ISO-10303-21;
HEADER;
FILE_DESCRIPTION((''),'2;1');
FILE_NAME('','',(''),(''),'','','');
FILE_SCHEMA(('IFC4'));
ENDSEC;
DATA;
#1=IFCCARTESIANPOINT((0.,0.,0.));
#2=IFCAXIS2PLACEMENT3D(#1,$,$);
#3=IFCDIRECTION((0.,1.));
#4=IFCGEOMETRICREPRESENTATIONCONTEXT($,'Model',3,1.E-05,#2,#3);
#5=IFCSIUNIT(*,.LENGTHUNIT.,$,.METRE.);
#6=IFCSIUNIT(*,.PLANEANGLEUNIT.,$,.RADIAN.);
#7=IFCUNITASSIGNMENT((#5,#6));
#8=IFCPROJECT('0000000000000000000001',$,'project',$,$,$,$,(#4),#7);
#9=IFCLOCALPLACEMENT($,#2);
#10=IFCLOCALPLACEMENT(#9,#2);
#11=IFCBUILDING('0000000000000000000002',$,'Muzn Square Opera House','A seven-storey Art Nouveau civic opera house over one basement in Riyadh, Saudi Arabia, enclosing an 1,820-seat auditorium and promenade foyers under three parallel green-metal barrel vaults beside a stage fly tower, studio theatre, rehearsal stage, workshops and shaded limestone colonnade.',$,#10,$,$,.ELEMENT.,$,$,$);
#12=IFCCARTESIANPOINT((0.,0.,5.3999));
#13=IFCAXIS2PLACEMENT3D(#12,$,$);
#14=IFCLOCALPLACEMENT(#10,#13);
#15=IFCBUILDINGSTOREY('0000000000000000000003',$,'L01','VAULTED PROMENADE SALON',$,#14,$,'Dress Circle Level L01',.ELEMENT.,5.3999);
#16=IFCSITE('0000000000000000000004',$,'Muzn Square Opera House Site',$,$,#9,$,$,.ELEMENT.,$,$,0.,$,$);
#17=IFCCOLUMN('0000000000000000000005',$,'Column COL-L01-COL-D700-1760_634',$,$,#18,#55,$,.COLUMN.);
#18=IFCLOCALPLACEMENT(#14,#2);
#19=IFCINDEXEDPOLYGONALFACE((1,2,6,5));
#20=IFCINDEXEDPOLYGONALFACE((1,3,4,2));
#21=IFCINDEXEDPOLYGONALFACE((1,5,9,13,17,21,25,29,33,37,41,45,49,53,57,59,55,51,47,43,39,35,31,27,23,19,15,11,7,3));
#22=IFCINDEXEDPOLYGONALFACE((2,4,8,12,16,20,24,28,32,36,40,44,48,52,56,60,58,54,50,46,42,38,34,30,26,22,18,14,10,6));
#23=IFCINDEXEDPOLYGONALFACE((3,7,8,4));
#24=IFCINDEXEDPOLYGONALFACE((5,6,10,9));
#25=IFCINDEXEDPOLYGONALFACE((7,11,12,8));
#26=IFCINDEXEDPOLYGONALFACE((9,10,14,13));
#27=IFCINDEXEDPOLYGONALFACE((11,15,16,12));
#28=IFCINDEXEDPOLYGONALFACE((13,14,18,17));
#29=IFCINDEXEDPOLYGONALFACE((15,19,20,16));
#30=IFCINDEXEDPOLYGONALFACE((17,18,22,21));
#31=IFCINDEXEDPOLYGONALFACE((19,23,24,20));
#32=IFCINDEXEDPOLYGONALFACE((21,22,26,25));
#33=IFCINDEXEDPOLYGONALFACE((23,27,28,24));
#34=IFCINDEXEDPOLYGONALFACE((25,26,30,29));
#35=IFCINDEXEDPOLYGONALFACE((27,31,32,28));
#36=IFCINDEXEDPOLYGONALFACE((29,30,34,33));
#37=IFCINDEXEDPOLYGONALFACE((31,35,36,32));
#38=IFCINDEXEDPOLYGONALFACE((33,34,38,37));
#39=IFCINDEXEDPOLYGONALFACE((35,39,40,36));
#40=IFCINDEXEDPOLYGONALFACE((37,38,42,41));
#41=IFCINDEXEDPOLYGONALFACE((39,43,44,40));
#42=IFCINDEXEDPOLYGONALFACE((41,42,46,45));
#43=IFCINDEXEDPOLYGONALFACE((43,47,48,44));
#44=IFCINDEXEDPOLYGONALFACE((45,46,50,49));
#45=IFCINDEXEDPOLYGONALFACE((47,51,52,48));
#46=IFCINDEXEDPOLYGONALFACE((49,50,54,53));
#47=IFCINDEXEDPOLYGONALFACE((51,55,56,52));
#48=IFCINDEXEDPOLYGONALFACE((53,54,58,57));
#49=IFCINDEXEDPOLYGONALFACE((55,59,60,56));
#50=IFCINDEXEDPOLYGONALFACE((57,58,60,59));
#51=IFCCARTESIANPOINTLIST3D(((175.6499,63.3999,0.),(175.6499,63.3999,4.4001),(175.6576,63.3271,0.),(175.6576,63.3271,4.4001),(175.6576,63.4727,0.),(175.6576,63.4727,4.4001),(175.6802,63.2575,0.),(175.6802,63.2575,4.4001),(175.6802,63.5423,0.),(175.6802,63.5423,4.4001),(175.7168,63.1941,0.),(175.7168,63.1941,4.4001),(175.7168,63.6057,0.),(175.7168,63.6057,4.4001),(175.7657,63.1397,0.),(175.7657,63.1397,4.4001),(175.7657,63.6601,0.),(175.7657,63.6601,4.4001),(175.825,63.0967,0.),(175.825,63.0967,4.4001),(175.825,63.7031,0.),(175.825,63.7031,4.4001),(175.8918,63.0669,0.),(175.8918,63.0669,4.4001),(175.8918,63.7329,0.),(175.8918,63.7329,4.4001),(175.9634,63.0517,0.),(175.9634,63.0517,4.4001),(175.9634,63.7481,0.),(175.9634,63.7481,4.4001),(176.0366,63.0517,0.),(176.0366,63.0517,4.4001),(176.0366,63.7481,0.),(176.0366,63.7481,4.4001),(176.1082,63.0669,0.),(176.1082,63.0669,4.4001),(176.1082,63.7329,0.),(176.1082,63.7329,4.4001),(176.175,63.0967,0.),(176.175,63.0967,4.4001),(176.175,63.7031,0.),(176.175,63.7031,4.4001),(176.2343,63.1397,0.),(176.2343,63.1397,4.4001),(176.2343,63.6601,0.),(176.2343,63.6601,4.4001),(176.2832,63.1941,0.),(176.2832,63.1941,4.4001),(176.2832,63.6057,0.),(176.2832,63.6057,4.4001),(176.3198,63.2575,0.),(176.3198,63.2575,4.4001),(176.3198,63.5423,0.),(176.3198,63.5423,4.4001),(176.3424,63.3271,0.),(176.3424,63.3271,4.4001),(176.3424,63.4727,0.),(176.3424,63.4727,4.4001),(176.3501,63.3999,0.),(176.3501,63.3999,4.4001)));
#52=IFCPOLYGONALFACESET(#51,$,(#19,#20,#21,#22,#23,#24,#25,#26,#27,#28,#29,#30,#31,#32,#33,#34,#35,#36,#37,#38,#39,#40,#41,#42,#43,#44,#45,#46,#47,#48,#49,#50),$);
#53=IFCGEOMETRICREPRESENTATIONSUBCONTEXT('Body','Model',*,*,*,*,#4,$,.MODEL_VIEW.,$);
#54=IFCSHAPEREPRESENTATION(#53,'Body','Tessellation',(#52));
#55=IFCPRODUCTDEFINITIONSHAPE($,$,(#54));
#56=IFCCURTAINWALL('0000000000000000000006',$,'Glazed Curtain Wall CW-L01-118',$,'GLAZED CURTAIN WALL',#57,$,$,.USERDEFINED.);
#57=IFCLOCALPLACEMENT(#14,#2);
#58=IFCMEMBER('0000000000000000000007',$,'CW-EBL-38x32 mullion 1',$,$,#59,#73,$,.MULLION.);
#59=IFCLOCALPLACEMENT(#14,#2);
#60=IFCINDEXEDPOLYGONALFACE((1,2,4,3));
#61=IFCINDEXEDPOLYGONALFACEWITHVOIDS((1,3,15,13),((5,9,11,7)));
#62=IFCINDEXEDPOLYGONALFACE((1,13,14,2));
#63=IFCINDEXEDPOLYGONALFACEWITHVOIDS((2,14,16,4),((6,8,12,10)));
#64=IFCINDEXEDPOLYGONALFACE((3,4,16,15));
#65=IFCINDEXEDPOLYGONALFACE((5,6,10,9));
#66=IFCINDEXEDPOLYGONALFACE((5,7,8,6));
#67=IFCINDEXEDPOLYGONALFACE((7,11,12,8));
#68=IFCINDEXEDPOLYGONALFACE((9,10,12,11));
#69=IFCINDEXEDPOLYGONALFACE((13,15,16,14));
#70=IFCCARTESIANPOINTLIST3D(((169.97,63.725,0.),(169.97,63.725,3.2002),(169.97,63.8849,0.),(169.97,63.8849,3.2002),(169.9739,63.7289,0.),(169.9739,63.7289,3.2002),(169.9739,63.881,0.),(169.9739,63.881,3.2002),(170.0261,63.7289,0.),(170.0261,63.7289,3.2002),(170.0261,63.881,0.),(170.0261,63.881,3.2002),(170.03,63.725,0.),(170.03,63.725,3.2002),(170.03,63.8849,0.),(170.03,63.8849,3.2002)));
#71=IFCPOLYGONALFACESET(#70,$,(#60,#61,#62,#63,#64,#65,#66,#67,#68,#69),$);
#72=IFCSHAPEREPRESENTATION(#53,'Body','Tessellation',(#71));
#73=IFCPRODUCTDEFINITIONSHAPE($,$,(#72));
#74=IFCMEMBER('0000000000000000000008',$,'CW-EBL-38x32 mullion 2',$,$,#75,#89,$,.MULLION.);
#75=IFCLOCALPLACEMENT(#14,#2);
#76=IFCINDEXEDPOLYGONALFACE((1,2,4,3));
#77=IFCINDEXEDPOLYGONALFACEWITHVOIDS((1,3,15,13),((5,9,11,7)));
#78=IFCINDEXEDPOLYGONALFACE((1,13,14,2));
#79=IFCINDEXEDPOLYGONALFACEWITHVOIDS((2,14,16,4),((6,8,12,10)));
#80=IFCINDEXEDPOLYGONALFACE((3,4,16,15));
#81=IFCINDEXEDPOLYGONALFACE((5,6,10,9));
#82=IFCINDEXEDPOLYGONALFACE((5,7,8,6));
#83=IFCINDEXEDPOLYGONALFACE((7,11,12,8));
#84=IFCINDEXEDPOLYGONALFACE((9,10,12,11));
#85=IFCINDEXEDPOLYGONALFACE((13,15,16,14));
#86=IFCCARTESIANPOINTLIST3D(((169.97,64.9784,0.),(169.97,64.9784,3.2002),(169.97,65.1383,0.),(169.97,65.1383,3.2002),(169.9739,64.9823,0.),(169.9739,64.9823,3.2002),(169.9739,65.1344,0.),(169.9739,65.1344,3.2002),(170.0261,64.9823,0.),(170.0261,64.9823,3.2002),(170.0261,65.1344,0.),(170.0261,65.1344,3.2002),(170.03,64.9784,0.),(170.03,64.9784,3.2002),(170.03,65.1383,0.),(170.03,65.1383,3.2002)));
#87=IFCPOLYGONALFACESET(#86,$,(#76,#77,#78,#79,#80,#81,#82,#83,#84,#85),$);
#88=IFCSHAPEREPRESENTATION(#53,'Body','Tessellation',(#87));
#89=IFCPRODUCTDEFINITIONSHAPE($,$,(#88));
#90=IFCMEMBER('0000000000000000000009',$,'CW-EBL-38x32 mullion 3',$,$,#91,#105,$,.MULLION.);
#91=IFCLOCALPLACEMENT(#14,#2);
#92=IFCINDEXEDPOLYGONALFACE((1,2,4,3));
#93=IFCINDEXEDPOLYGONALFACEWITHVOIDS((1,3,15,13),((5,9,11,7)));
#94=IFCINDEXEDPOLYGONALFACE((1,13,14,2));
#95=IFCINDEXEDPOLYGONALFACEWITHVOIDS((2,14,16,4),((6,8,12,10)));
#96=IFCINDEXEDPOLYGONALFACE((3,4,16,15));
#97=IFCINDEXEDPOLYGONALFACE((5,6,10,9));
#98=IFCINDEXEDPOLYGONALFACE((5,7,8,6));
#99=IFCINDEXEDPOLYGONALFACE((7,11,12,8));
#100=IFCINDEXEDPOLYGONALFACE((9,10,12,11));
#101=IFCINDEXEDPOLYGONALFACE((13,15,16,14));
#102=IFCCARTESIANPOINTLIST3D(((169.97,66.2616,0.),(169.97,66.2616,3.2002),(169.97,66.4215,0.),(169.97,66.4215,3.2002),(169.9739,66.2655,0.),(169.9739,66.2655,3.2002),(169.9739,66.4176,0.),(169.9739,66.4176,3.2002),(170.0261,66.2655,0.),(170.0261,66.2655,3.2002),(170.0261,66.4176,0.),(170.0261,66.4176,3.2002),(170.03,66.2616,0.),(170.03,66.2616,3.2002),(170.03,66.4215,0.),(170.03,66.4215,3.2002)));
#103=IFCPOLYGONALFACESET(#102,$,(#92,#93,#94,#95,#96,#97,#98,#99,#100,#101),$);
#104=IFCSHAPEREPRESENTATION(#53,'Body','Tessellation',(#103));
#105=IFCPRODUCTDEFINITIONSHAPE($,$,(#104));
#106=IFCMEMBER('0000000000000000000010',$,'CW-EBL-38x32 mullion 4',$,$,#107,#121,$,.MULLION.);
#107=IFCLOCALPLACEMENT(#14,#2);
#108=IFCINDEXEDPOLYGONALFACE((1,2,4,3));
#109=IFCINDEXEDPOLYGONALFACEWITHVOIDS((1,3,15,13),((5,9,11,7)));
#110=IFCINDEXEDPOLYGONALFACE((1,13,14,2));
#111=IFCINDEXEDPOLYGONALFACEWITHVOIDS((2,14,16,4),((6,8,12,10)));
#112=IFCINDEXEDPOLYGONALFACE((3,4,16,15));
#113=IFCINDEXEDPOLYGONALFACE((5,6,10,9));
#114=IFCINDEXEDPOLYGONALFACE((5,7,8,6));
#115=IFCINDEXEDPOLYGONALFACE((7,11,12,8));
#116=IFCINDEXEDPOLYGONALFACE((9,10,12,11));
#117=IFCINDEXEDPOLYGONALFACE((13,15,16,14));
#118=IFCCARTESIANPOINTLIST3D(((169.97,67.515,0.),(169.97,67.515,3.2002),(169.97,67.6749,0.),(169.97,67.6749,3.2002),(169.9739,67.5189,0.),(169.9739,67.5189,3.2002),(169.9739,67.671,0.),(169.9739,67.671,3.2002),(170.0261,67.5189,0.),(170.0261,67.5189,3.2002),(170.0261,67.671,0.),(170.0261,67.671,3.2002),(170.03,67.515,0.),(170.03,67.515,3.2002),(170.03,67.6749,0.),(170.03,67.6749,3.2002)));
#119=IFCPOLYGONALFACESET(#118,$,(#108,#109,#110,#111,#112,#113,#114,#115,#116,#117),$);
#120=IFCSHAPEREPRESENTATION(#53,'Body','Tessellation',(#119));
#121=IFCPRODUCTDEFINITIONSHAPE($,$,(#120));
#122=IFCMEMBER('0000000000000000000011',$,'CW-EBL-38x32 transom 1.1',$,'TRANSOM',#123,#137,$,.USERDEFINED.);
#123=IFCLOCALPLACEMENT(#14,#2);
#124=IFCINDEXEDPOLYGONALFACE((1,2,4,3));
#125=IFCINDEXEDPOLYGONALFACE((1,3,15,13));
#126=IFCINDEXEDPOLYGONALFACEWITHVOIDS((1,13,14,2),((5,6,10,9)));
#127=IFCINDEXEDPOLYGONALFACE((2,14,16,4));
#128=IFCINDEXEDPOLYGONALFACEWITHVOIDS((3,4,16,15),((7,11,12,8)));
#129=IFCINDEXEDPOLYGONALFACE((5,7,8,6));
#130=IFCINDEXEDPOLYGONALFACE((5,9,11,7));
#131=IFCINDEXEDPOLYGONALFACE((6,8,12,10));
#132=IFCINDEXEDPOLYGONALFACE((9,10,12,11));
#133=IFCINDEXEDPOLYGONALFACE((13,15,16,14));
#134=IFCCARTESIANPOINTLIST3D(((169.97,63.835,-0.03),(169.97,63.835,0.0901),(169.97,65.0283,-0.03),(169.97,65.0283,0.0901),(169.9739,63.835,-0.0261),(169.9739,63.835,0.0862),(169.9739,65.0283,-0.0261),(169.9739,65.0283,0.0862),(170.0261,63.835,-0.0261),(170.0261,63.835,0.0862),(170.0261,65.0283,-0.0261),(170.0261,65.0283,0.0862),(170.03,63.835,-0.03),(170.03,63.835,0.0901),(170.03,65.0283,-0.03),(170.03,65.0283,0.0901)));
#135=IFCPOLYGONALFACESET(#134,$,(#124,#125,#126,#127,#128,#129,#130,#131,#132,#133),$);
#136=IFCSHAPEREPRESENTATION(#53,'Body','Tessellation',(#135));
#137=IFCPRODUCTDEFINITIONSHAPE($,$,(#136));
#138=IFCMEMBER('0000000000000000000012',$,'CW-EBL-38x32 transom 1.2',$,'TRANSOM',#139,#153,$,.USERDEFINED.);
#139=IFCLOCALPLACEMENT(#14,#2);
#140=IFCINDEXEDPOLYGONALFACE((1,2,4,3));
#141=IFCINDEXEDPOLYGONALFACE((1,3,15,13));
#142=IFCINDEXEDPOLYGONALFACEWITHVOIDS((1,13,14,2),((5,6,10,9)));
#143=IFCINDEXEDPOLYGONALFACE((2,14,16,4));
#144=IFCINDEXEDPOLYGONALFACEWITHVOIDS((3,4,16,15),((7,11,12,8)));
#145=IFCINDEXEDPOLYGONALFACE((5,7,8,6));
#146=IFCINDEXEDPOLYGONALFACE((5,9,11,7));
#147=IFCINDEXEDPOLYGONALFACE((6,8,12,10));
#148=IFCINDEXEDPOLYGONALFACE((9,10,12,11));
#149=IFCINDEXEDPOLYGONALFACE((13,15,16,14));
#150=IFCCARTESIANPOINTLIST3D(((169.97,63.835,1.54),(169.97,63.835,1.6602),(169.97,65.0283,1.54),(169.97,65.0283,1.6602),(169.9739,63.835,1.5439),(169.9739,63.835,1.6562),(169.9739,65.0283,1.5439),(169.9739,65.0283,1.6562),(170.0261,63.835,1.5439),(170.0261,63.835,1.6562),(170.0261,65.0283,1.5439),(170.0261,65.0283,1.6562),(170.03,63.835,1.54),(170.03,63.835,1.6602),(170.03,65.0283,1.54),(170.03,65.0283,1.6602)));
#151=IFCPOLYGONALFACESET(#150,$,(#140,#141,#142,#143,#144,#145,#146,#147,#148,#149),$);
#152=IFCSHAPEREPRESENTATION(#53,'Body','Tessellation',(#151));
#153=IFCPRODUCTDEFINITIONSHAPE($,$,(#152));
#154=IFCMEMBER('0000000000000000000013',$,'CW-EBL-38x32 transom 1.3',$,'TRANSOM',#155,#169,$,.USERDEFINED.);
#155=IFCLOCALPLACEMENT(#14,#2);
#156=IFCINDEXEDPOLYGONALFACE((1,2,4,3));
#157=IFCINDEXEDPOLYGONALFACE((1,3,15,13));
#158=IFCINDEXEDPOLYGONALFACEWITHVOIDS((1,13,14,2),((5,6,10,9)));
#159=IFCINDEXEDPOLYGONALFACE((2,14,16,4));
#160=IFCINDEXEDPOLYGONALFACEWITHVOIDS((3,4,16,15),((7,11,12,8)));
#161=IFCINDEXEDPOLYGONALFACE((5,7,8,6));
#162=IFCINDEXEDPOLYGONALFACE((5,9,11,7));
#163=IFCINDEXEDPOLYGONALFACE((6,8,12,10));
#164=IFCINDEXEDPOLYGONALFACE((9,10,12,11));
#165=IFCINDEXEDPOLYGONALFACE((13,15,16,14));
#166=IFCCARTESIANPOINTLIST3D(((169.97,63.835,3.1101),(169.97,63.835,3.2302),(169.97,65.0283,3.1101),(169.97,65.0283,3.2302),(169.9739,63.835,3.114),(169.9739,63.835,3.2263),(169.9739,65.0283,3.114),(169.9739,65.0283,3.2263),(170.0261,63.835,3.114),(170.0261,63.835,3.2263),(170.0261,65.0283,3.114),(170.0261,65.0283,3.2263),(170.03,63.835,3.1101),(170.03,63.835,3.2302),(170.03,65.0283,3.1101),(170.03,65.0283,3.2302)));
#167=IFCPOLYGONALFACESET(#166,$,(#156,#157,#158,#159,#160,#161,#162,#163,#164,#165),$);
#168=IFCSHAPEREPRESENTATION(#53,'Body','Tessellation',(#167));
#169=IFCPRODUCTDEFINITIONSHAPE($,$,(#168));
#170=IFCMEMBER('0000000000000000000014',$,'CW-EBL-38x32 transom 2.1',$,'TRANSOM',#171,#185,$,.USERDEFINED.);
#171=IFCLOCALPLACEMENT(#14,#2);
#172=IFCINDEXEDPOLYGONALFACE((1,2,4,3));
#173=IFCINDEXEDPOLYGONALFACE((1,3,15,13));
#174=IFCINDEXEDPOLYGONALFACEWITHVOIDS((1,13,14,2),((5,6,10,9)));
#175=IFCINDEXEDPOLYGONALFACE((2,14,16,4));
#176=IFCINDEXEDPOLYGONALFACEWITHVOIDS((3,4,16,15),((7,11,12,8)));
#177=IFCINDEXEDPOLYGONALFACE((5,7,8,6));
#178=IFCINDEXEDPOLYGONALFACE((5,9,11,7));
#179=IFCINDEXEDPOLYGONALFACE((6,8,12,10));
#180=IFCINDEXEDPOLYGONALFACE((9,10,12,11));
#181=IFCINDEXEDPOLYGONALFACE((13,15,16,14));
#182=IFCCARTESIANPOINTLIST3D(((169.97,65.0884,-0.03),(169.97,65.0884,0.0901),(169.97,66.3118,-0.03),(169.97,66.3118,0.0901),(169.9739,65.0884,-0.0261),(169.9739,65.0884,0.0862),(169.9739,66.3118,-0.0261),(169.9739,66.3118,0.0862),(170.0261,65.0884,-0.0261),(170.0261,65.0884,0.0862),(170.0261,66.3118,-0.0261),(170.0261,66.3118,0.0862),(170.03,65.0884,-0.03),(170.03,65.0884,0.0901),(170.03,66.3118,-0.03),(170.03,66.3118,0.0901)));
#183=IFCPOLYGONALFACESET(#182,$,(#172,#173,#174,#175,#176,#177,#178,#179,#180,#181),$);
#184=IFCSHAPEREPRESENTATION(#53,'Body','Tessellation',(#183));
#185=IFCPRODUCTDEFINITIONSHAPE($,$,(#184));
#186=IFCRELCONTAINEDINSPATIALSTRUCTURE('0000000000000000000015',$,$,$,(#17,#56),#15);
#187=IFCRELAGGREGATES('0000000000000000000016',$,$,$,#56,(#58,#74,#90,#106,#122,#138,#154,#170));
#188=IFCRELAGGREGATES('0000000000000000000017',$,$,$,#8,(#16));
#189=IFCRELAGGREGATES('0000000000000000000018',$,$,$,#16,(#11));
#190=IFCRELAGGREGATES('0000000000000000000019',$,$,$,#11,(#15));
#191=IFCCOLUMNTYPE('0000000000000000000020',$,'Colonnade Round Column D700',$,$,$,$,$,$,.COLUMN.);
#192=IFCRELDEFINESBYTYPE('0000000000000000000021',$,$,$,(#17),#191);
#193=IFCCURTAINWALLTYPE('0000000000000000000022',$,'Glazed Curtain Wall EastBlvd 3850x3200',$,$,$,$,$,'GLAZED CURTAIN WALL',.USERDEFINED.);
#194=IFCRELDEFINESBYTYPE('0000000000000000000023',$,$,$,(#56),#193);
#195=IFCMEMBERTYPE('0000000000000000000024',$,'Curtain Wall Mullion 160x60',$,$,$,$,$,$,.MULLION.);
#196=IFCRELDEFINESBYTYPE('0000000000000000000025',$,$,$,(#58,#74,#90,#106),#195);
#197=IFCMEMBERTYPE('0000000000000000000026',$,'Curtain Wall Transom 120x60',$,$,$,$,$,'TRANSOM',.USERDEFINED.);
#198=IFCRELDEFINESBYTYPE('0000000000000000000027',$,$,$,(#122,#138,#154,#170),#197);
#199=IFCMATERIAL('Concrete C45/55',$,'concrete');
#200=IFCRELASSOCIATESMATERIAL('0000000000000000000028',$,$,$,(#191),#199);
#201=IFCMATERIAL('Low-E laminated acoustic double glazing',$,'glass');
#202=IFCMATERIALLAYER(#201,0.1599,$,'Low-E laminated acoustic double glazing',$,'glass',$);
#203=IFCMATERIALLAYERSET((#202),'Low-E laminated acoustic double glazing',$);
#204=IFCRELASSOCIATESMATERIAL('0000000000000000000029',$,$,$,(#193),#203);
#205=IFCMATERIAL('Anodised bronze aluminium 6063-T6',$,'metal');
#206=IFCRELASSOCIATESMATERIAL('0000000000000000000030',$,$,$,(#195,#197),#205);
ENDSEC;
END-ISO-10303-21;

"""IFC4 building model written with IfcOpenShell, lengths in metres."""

from ifc_helpers import new_model, si_unit, direction, frame, origin, origin_2d, place, context, subcontext, project, spatial, hollow_rectangle, circle, extrude, material, layer, layer_set, material_profile, profile_set, type_object, element, aggregate, save


model = new_model("IFC4")

# Units and contexts
model_context = context("Model", 3, precision=1e-05, world=origin(), true_north=direction((0.0, 1.0)))
body_context = subcontext(model_context, "Body", "Model", "MODEL_VIEW")
ifc_project = project(units=[si_unit("LENGTHUNIT", "METRE"), si_unit("PLANEANGLEUNIT", "RADIAN")], contexts=[model_context])

# Site, building, storey
site_placement = place(None, origin())
site = spatial("IfcSite", under=ifc_project, at=site_placement, Name="Muzn Square Opera House Site", CompositionType="ELEMENT", RefElevation=0.0)
building_placement = place(site_placement, origin())
building = spatial("IfcBuilding", under=site, at=building_placement, Name="Muzn Square Opera House", Description="A seven-storey Art Nouveau civic opera house over one basement in Riyadh, Saudi Arabia, enclosing an 1,820-seat auditorium and promenade foyers under three parallel green-metal barrel vaults beside a stage fly tower, studio theatre, rehearsal stage, workshops and shaded limestone colonnade.", CompositionType="ELEMENT")
storey_placement = place(building_placement, frame((0.0, 0.0, 5.3999)))
storey = spatial("IfcBuildingStorey", under=building, at=storey_placement, Name="L01", Description="VAULTED PROMENADE SALON", LongName="Dress Circle Level L01", CompositionType="ELEMENT", Elevation=5.3999)

# Column
ifc_material_1 = material(Name="Concrete C45/55", Category="concrete")
ifc_material_profile_1 = material_profile(ifc_material_1, circle(Radius=0.3501, at=origin_2d()), Name="RCC D700", Category="concrete")
ifc_profile_set_1 = profile_set([ifc_material_profile_1], Name="Concrete C45/55")
column_type = type_object("IfcColumnType", Name="Colonnade Round Column D700", PredefinedType="COLUMN", material=ifc_profile_set_1)
column_placement = place(storey_placement, frame((176.0, 63.3999, 0.0), z_axis=(0.0, 0.0, 1.0), x_axis=(1.0, 0.0, 0.0)))
element("IfcColumn", 1, at=column_placement, inside=storey, type_object=column_type, Name="Column COL-L01-COL-D700-1760_634", PredefinedType="COLUMN", context=body_context, shape_type="SweptSolid", body=[
    extrude(circle(Radius=0.3501, at=origin_2d()), origin(), (0.0, 0.0, 1.0), 4.4001),
])

# Curtain wall, members
ifc_material_2 = material(Name="Low-E laminated acoustic double glazing", Category="glass")
ifc_layer_1 = layer(ifc_material_2, 0.1599, Name="Low-E laminated acoustic double glazing", Category="glass")
ifc_layer_set_1 = layer_set([ifc_layer_1], Name="Low-E laminated acoustic double glazing")
curtain_wall_type = type_object("IfcCurtainWallType", Name="Glazed Curtain Wall EastBlvd 3850x3200", ElementType="GLAZED CURTAIN WALL", PredefinedType="USERDEFINED", material=ifc_layer_set_1)
curtain_wall_placement = place(storey_placement, origin())
curtain_wall = element("IfcCurtainWall", 2, at=curtain_wall_placement, inside=storey, type_object=curtain_wall_type, Name="Glazed Curtain Wall CW-L01-118", ObjectType="GLAZED CURTAIN WALL", PredefinedType="USERDEFINED")
ifc_material_3 = material(Name="Anodised bronze aluminium 6063-T6", Category="metal")
ifc_material_profile_2 = material_profile(ifc_material_3, hollow_rectangle(XDim=0.0601, YDim=0.1599, WallThickness=0.0039, at=origin_2d()), Name="ALU 160x60x4", Category="metal")
ifc_profile_set_2 = profile_set([ifc_material_profile_2], Name="Anodised bronze aluminium 6063-T6")
member_type_1 = type_object("IfcMemberType", Name="Curtain Wall Mullion 160x60", PredefinedType="MULLION", material=ifc_profile_set_2)
member_1_placement = place(storey_placement, frame((170.0, 63.8049, 0.0), z_axis=(0.0, 0.0, 1.0), x_axis=(-1.0, 0.0, 0.0)))
member_1 = element("IfcMember", 3, at=member_1_placement, type_object=member_type_1, Name="CW-EBL-38x32 mullion 1", PredefinedType="MULLION", context=body_context, shape_type="SweptSolid", body=[
    extrude(hollow_rectangle(XDim=0.0601, YDim=0.1599, WallThickness=0.0039, at=origin_2d()), origin(), (0.0, 0.0, 1.0), 3.2002),
])
member_2_placement = place(storey_placement, frame((170.0, 65.0583, 0.0), z_axis=(0.0, 0.0, 1.0), x_axis=(-1.0, 0.0, 0.0)))
member_2 = element("IfcMember", 4, at=member_2_placement, type_object=member_type_1, Name="CW-EBL-38x32 mullion 2", PredefinedType="MULLION", context=body_context, shape_type="SweptSolid", body=[
    extrude(hollow_rectangle(XDim=0.0601, YDim=0.1599, WallThickness=0.0039, at=origin_2d()), origin(), (0.0, 0.0, 1.0), 3.2002),
])
member_3_placement = place(storey_placement, frame((170.0, 66.3416, 0.0), z_axis=(0.0, 0.0, 1.0), x_axis=(-1.0, 0.0, 0.0)))
member_3 = element("IfcMember", 5, at=member_3_placement, type_object=member_type_1, Name="CW-EBL-38x32 mullion 3", PredefinedType="MULLION", context=body_context, shape_type="SweptSolid", body=[
    extrude(hollow_rectangle(XDim=0.0601, YDim=0.1599, WallThickness=0.0039, at=origin_2d()), origin(), (0.0, 0.0, 1.0), 3.2002),
])
member_4_placement = place(storey_placement, frame((170.0, 67.595, 0.0), z_axis=(0.0, 0.0, 1.0), x_axis=(-1.0, 0.0, 0.0)))
member_4 = element("IfcMember", 6, at=member_4_placement, type_object=member_type_1, Name="CW-EBL-38x32 mullion 4", PredefinedType="MULLION", context=body_context, shape_type="SweptSolid", body=[
    extrude(hollow_rectangle(XDim=0.0601, YDim=0.1599, WallThickness=0.0039, at=origin_2d()), origin(), (0.0, 0.0, 1.0), 3.2002),
])
ifc_material_profile_3 = material_profile(ifc_material_3, hollow_rectangle(XDim=0.0601, YDim=0.1201, WallThickness=0.0039, at=origin_2d()), Name="ALU 120x60x4", Category="metal")
ifc_profile_set_3 = profile_set([ifc_material_profile_3], Name="Anodised bronze aluminium 6063-T6")
member_type_2 = type_object("IfcMemberType", Name="Curtain Wall Transom 120x60", ElementType="TRANSOM", PredefinedType="USERDEFINED", material=ifc_profile_set_3)
member_5_placement = place(storey_placement, frame((170.0, 63.835, 0.03), z_axis=(0.0, 1.0, 0.0), x_axis=(-1.0, 0.0, 0.0)))
member_5 = element("IfcMember", 7, at=member_5_placement, type_object=member_type_2, Name="CW-EBL-38x32 transom 1.1", ObjectType="TRANSOM", PredefinedType="USERDEFINED", context=body_context, shape_type="SweptSolid", body=[
    extrude(hollow_rectangle(XDim=0.0601, YDim=0.1201, WallThickness=0.0039, at=origin_2d()), origin(), (0.0, 0.0, 1.0), 1.1934),
])
member_6_placement = place(storey_placement, frame((170.0, 63.835, 1.6001), z_axis=(0.0, 1.0, 0.0), x_axis=(-1.0, 0.0, 0.0)))
member_6 = element("IfcMember", 8, at=member_6_placement, type_object=member_type_2, Name="CW-EBL-38x32 transom 1.2", ObjectType="TRANSOM", PredefinedType="USERDEFINED", context=body_context, shape_type="SweptSolid", body=[
    extrude(hollow_rectangle(XDim=0.0601, YDim=0.1201, WallThickness=0.0039, at=origin_2d()), origin(), (0.0, 0.0, 1.0), 1.1934),
])
member_7_placement = place(storey_placement, frame((170.0, 63.835, 3.1702), z_axis=(0.0, 1.0, 0.0), x_axis=(-1.0, 0.0, 0.0)))
member_7 = element("IfcMember", 9, at=member_7_placement, type_object=member_type_2, Name="CW-EBL-38x32 transom 1.3", ObjectType="TRANSOM", PredefinedType="USERDEFINED", context=body_context, shape_type="SweptSolid", body=[
    extrude(hollow_rectangle(XDim=0.0601, YDim=0.1201, WallThickness=0.0039, at=origin_2d()), origin(), (0.0, 0.0, 1.0), 1.1934),
])
member_8_placement = place(storey_placement, frame((170.0, 65.0884, 0.03), z_axis=(0.0, 1.0, 0.0), x_axis=(-1.0, 0.0, 0.0)))
member_8 = element("IfcMember", 10, at=member_8_placement, type_object=member_type_2, Name="CW-EBL-38x32 transom 2.1", ObjectType="TRANSOM", PredefinedType="USERDEFINED", context=body_context, shape_type="SweptSolid", body=[
    extrude(hollow_rectangle(XDim=0.0601, YDim=0.1201, WallThickness=0.0039, at=origin_2d()), origin(), (0.0, 0.0, 1.0), 1.2234),
])

aggregate(curtain_wall, [member_1, member_2, member_3, member_4, member_5, member_6, member_7, member_8])

save(model, "model.ifc")
